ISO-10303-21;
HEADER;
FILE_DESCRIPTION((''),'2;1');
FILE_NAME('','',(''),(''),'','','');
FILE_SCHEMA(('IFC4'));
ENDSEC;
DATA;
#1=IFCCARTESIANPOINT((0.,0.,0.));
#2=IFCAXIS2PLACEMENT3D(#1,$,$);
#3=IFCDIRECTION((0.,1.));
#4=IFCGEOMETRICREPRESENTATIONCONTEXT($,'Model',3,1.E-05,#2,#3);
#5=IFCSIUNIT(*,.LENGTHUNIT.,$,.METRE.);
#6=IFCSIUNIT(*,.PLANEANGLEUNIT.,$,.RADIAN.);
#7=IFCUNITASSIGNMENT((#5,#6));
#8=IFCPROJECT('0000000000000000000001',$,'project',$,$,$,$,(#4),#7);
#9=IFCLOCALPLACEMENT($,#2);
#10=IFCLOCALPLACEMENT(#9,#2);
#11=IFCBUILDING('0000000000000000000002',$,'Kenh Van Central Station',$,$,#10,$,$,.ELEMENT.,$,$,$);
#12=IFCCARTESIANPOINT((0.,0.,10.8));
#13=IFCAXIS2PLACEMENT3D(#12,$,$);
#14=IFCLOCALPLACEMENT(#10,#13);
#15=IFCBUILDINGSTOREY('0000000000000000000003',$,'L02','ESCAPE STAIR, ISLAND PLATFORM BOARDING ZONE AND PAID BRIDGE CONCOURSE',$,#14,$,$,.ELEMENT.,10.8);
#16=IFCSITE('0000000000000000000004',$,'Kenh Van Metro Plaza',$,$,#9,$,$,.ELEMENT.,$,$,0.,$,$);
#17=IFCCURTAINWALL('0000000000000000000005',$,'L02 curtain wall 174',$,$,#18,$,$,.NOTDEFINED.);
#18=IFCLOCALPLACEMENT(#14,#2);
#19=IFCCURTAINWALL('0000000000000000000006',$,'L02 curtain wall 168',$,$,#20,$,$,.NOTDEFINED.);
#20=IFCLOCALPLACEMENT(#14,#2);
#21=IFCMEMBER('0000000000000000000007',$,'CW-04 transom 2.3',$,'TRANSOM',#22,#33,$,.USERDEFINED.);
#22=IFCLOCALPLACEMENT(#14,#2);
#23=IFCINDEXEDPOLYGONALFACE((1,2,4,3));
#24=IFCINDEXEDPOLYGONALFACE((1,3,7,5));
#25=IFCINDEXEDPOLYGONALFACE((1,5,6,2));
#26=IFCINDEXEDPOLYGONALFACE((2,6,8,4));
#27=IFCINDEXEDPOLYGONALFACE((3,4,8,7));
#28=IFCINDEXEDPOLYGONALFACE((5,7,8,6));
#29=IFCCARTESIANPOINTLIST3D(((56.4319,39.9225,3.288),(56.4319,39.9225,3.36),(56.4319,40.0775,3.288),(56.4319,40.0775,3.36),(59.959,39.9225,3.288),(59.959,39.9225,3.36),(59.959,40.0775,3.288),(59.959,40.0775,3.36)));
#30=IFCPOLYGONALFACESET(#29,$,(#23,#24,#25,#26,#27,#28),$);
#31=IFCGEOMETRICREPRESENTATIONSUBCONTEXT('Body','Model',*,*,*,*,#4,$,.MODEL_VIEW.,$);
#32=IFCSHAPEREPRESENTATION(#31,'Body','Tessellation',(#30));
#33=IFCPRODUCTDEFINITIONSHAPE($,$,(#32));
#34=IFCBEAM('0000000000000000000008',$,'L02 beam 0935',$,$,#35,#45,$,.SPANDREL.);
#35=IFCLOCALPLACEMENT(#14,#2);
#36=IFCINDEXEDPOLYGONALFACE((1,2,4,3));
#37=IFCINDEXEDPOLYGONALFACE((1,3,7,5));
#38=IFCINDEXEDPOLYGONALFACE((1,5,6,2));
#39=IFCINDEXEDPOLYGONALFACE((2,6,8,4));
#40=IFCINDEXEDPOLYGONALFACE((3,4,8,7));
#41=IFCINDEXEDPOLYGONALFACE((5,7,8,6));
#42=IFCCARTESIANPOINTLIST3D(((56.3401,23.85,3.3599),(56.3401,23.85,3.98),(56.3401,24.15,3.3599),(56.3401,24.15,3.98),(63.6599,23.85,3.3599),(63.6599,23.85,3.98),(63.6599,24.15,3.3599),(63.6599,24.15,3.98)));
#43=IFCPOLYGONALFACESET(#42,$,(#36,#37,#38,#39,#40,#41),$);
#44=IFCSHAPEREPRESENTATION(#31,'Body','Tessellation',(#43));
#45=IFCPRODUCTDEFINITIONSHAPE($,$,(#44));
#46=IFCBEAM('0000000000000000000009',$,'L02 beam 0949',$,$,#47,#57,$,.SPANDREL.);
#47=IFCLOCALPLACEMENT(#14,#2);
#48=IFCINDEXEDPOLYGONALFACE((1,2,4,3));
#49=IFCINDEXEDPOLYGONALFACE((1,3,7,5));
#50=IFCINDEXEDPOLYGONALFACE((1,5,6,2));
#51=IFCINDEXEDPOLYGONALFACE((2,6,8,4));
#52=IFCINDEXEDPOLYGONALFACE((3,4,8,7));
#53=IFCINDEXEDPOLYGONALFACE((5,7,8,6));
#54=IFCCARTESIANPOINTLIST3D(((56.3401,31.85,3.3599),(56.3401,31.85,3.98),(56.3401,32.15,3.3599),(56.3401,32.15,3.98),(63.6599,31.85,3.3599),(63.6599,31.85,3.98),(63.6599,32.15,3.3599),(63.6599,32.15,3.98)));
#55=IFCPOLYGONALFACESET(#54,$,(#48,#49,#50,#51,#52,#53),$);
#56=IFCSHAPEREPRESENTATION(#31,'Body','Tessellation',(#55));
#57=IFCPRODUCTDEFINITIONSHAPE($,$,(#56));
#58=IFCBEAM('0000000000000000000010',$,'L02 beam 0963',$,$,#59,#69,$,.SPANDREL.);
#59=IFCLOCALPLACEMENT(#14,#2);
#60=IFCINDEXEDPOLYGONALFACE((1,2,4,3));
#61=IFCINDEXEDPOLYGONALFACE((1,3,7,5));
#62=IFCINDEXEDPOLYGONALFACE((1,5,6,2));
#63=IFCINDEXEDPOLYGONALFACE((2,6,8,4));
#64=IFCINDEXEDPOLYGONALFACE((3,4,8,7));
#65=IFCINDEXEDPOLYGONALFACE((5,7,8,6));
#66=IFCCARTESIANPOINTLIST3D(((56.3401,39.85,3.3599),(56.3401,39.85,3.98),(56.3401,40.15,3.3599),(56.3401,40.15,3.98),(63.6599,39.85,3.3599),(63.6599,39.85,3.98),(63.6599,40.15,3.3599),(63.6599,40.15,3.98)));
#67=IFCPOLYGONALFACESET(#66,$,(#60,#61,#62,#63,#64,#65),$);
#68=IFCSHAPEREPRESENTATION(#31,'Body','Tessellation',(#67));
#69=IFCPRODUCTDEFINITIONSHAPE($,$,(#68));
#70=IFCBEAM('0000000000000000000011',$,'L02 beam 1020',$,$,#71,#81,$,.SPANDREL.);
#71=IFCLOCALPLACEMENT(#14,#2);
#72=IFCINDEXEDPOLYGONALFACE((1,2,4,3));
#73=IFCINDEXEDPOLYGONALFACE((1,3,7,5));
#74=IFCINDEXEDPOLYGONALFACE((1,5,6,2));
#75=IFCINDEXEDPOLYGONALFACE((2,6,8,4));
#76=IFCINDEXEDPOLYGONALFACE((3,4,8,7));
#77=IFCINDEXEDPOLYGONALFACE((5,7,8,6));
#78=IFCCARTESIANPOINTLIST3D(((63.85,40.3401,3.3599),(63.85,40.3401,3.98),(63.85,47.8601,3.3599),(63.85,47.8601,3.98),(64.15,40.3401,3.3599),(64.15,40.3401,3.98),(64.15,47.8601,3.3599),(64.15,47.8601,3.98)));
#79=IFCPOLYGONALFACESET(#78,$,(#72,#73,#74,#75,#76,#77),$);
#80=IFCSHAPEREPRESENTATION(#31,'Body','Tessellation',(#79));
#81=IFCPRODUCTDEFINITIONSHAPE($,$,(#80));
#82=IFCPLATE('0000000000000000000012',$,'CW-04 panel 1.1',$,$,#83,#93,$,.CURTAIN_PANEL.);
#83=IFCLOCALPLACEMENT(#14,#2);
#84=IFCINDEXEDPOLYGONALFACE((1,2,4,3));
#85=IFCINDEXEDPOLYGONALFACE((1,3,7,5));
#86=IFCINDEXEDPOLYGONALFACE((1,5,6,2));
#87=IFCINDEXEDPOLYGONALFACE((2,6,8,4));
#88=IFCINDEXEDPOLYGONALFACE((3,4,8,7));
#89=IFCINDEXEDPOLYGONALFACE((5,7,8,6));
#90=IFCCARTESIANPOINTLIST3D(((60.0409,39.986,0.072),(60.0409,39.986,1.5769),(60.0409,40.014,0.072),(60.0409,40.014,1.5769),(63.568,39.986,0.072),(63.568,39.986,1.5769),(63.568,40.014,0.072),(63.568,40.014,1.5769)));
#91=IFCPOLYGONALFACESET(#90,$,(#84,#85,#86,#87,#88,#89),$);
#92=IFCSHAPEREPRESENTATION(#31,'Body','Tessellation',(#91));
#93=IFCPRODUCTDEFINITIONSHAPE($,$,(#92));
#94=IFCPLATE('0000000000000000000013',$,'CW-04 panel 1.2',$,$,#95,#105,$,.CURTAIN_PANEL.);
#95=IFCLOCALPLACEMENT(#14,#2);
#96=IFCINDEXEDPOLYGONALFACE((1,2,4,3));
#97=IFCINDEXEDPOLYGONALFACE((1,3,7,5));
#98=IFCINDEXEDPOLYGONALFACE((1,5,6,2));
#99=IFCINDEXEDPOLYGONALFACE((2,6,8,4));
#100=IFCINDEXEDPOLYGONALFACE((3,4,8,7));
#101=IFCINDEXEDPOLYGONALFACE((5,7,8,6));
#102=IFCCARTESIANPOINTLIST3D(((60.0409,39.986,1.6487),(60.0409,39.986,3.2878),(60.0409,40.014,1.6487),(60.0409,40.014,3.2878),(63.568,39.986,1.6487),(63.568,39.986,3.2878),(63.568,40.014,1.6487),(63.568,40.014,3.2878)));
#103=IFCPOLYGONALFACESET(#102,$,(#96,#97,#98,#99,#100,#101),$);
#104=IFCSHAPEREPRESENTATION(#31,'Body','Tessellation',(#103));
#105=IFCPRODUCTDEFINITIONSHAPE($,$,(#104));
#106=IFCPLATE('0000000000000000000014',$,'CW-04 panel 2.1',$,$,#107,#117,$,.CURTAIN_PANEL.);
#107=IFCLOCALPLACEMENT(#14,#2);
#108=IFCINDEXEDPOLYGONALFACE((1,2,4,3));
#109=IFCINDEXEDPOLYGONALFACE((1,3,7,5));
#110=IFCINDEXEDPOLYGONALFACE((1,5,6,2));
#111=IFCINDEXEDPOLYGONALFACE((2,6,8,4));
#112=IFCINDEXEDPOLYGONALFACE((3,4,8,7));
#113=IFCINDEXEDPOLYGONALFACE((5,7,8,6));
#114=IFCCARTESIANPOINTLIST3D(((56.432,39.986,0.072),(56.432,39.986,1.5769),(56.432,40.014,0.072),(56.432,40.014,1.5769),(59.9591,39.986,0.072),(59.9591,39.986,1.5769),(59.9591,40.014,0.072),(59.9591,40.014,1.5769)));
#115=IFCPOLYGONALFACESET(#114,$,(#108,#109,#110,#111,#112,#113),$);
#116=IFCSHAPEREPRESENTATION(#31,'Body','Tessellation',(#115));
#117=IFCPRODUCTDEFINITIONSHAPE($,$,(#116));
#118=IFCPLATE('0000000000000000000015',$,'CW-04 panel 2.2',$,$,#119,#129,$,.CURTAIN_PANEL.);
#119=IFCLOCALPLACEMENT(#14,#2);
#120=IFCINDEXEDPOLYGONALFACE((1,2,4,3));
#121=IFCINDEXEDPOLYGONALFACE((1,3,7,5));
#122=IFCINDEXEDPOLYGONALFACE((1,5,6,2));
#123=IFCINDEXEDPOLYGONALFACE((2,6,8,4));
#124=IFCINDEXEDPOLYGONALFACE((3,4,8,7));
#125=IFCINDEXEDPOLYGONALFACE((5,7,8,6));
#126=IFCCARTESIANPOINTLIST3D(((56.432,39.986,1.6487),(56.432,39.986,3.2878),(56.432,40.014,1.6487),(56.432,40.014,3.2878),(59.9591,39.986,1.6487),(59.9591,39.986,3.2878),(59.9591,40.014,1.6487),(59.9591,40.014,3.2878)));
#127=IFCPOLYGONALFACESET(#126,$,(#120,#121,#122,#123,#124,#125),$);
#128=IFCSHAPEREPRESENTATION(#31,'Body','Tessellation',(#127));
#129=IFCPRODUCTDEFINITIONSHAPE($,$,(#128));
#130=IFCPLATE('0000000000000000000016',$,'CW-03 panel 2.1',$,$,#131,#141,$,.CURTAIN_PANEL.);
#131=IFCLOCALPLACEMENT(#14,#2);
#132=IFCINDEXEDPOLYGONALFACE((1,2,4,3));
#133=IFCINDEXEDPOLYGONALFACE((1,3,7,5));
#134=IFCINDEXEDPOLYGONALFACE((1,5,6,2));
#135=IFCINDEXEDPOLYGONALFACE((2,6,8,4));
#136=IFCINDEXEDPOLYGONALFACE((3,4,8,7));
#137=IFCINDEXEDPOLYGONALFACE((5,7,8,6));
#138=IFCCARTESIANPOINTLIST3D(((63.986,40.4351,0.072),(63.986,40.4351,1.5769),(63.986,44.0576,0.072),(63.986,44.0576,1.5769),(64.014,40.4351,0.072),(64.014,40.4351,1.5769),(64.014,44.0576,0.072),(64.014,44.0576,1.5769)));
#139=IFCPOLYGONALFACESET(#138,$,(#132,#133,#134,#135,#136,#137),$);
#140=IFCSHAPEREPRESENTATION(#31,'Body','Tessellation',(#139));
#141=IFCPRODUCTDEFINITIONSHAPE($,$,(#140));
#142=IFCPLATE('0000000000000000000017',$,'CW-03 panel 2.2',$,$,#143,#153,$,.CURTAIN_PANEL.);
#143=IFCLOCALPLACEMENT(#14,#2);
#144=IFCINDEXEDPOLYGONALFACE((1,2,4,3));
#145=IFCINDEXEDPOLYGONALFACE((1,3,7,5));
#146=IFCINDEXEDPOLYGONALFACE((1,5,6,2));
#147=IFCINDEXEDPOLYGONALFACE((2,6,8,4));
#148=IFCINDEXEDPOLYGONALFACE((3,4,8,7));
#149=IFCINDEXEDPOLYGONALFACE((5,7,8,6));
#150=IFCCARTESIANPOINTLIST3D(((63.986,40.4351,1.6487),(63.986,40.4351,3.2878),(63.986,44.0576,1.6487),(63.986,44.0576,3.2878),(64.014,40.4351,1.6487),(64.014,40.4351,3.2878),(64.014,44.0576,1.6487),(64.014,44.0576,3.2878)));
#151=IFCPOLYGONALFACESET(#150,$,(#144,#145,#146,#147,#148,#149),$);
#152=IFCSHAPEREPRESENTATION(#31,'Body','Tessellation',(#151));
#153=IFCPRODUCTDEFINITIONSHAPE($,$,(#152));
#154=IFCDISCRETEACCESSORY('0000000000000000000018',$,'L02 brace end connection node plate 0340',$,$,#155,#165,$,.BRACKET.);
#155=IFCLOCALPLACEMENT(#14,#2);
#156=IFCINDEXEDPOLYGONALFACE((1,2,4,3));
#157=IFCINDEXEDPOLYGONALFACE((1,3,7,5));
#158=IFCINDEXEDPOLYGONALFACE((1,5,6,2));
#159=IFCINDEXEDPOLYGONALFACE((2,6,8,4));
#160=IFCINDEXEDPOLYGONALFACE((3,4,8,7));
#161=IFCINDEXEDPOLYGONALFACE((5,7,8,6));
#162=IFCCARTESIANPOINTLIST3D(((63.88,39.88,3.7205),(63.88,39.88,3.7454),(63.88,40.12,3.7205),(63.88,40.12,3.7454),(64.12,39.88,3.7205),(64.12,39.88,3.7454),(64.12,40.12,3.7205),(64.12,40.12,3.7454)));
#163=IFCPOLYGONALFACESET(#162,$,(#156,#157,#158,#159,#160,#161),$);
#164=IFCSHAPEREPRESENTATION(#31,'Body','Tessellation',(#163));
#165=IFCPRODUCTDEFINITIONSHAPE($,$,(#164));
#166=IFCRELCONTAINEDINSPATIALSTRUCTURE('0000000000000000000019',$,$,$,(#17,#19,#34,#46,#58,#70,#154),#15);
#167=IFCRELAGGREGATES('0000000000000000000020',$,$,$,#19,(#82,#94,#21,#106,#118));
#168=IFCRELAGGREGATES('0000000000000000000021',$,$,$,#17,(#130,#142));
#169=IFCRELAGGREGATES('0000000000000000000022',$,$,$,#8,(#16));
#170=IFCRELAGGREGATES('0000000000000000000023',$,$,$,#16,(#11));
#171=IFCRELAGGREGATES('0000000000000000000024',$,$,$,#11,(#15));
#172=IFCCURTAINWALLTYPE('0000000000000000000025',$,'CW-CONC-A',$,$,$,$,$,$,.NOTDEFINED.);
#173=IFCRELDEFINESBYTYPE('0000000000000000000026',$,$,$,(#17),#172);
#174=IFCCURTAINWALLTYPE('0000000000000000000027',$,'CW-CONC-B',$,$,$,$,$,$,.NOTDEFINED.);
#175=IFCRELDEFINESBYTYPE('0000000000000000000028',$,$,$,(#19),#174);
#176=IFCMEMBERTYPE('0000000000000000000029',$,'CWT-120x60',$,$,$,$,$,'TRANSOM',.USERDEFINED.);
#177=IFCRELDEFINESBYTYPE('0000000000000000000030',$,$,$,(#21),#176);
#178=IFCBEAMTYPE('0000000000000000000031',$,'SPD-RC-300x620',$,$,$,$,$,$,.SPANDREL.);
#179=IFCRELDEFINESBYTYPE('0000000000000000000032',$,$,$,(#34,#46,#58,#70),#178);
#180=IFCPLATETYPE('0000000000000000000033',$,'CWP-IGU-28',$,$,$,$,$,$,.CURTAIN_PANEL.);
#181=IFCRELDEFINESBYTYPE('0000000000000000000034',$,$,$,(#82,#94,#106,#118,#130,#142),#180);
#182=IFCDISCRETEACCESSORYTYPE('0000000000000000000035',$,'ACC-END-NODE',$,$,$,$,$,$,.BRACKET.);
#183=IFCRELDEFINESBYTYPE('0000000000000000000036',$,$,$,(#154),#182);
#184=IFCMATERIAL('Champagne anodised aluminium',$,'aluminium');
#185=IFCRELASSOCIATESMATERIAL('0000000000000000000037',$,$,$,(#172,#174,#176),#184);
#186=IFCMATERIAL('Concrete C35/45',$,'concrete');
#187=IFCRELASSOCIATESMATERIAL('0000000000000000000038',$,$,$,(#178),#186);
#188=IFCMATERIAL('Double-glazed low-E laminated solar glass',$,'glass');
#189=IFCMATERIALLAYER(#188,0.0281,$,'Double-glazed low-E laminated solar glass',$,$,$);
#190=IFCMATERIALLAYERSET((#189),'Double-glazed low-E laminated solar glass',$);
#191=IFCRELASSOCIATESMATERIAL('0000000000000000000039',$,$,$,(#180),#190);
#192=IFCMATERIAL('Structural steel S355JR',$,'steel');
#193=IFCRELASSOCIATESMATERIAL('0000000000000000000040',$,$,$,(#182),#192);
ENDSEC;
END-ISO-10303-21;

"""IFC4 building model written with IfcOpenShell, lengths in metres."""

from ifc_helpers import new_model, si_unit, direction, frame, origin, origin_2d, place, context, subcontext, project, spatial, rectangle, extrude, material, layer, layer_set, material_profile, profile_set, type_object, element, aggregate, save


model = new_model("IFC4")

# Units and contexts
model_context = context("Model", 3, precision=1e-05, world=origin(), true_north=direction((0.0, 1.0)))
body_context = subcontext(model_context, "Body", "Model", "MODEL_VIEW")
ifc_project = project(units=[si_unit("LENGTHUNIT", "METRE"), si_unit("PLANEANGLEUNIT", "RADIAN")], contexts=[model_context])

# Site, building, storey
site_placement = place(None, origin())
site = spatial("IfcSite", under=ifc_project, at=site_placement, Name="Kenh Van Metro Plaza", CompositionType="ELEMENT", RefElevation=0.0)
building_placement = place(site_placement, origin())
building = spatial("IfcBuilding", under=site, at=building_placement, Name="Kenh Van Central Station", CompositionType="ELEMENT")
storey_placement = place(building_placement, frame((0.0, 0.0, 10.8)))
storey = spatial("IfcBuildingStorey", under=building, at=storey_placement, Name="L02", Description="ESCAPE STAIR, ISLAND PLATFORM BOARDING ZONE AND PAID BRIDGE CONCOURSE", CompositionType="ELEMENT", Elevation=10.8)

# Curtain wall
ifc_material_1 = material(Name="Champagne anodised aluminium", Category="aluminium")
curtain_wall_type_1 = type_object("IfcCurtainWallType", Name="CW-CONC-A", PredefinedType="NOTDEFINED", material=ifc_material_1)
curtain_wall_1_placement = place(storey_placement, origin())
curtain_wall_1 = element("IfcCurtainWall", 1, at=curtain_wall_1_placement, inside=storey, type_object=curtain_wall_type_1, Name="L02 curtain wall 174", PredefinedType="NOTDEFINED")

# Curtain wall, member
curtain_wall_type_2 = type_object("IfcCurtainWallType", Name="CW-CONC-B", PredefinedType="NOTDEFINED", material=ifc_material_1)
curtain_wall_2_placement = place(storey_placement, origin())
curtain_wall_2 = element("IfcCurtainWall", 2, at=curtain_wall_2_placement, inside=storey, type_object=curtain_wall_type_2, Name="L02 curtain wall 168", PredefinedType="NOTDEFINED")
ifc_material_profile_1 = material_profile(ifc_material_1, rectangle(XDim=0.155, YDim=0.072, at=origin_2d()), Name="AL 155x72")
ifc_profile_set_1 = profile_set([ifc_material_profile_1], Name="Champagne anodised aluminium")
member_type_1 = type_object("IfcMemberType", Name="CWT-120x60", ElementType="TRANSOM", PredefinedType="USERDEFINED", material=ifc_profile_set_1)
member_1_placement = place(storey_placement, frame((59.959, 40.0, 3.324), z_axis=(-1.0, 0.0, 0.0), x_axis=(0.0, -1.0, 0.0)))
member_1 = element("IfcMember", 3, at=member_1_placement, type_object=member_type_1, Name="CW-04 transom 2.3", ObjectType="TRANSOM", PredefinedType="USERDEFINED", context=body_context, shape_type="SweptSolid", body=[
    extrude(rectangle(XDim=0.155, YDim=0.072, at=origin_2d()), origin(), (0.0, 0.0, 1.0), 3.5271),
])

# Beams
ifc_material_2 = material(Name="Concrete C35/45", Category="concrete")
ifc_material_profile_2 = material_profile(ifc_material_2, rectangle(XDim=0.3, YDim=0.6201, at=origin_2d()), Name="RC 300x620")
ifc_profile_set_2 = profile_set([ifc_material_profile_2], Name="Concrete C35/45")
beam_type = type_object("IfcBeamType", Name="SPD-RC-300x620", PredefinedType="SPANDREL", material=ifc_profile_set_2)
for number, where, z_axis, x_axis, name in (
    (4, (56.3401, 24.0, 3.6699), (1.0, 0.0, 0.0), (0.0, 1.0, 0.0), "L02 beam 0935"),
    (5, (56.3401, 32.0, 3.6699), (1.0, 0.0, 0.0), (0.0, 1.0, 0.0), "L02 beam 0949"),
    (6, (56.3401, 40.0, 3.6699), (1.0, 0.0, 0.0), (0.0, 1.0, 0.0), "L02 beam 0963"),
):
    element("IfcBeam", number, at=place(storey_placement, frame(where, z_axis=z_axis, x_axis=x_axis)), inside=storey, type_object=beam_type, Name=name, PredefinedType="SPANDREL", context=body_context, shape_type="SweptSolid", body=[
        extrude(rectangle(XDim=0.3, YDim=0.6201, at=origin_2d()), origin(), (0.0, 0.0, 1.0), 7.3198),
    ])
beam_placement = place(storey_placement, frame((64.0, 40.3401, 3.6699), z_axis=(0.0, 1.0, 0.0), x_axis=(-1.0, 0.0, 0.0)))
element("IfcBeam", 7, at=beam_placement, inside=storey, type_object=beam_type, Name="L02 beam 1020", PredefinedType="SPANDREL", context=body_context, shape_type="SweptSolid", body=[
    extrude(rectangle(XDim=0.3, YDim=0.6201, at=origin_2d()), origin(), (0.0, 0.0, 1.0), 7.52),
])

# Plates
ifc_material_3 = material(Name="Double-glazed low-E laminated solar glass", Category="glass")
ifc_layer = layer(ifc_material_3, 0.0281, Name="Double-glazed low-E laminated solar glass")
ifc_layer_set = layer_set([ifc_layer], Name="Double-glazed low-E laminated solar glass")
plate_type = type_object("IfcPlateType", Name="CWP-IGU-28", PredefinedType="CURTAIN_PANEL", material=ifc_layer_set)
plate_1_placement = place(storey_placement, frame((61.8044, 40.0, 0.072), z_axis=(0.0, 0.0, 1.0), x_axis=(-1.0, 0.0, 0.0)))
plate_1 = element("IfcPlate", 8, at=plate_1_placement, type_object=plate_type, Name="CW-04 panel 1.1", PredefinedType="CURTAIN_PANEL", context=body_context, shape_type="SweptSolid", body=[
    extrude(rectangle(XDim=3.5271, YDim=0.0281, at=origin_2d()), origin(), (0.0, 0.0, 1.0), 1.5049),
])
plate_2_placement = place(storey_placement, frame((61.8044, 40.0, 1.6487), z_axis=(0.0, 0.0, 1.0), x_axis=(-1.0, 0.0, 0.0)))
plate_2 = element("IfcPlate", 9, at=plate_2_placement, type_object=plate_type, Name="CW-04 panel 1.2", PredefinedType="CURTAIN_PANEL", context=body_context, shape_type="SweptSolid", body=[
    extrude(rectangle(XDim=3.5271, YDim=0.0281, at=origin_2d()), origin(), (0.0, 0.0, 1.0), 1.6392),
])
plate_3_placement = place(storey_placement, frame((58.1956, 40.0, 0.072), z_axis=(0.0, 0.0, 1.0), x_axis=(-1.0, 0.0, 0.0)))
plate_3 = element("IfcPlate", 10, at=plate_3_placement, type_object=plate_type, Name="CW-04 panel 2.1", PredefinedType="CURTAIN_PANEL", context=body_context, shape_type="SweptSolid", body=[
    extrude(rectangle(XDim=3.5271, YDim=0.0281, at=origin_2d()), origin(), (0.0, 0.0, 1.0), 1.5049),
])
plate_4_placement = place(storey_placement, frame((58.1956, 40.0, 1.6487), z_axis=(0.0, 0.0, 1.0), x_axis=(-1.0, 0.0, 0.0)))
plate_4 = element("IfcPlate", 11, at=plate_4_placement, type_object=plate_type, Name="CW-04 panel 2.2", PredefinedType="CURTAIN_PANEL", context=body_context, shape_type="SweptSolid", body=[
    extrude(rectangle(XDim=3.5271, YDim=0.0281, at=origin_2d()), origin(), (0.0, 0.0, 1.0), 1.6392),
])
aggregate(curtain_wall_2, [plate_1, plate_2, member_1, plate_3, plate_4])
plate_5_placement = place(storey_placement, frame((64.0, 42.2463, 0.072), z_axis=(0.0, 0.0, 1.0), x_axis=(0.0, -1.0, 0.0)))
plate_5 = element("IfcPlate", 12, at=plate_5_placement, type_object=plate_type, Name="CW-03 panel 2.1", PredefinedType="CURTAIN_PANEL", context=body_context, shape_type="SweptSolid", body=[
    extrude(rectangle(XDim=3.6226, YDim=0.0281, at=origin_2d()), origin(), (0.0, 0.0, 1.0), 1.5049),
])
plate_6_placement = place(storey_placement, frame((64.0, 42.2463, 1.6487), z_axis=(0.0, 0.0, 1.0), x_axis=(0.0, -1.0, 0.0)))
plate_6 = element("IfcPlate", 13, at=plate_6_placement, type_object=plate_type, Name="CW-03 panel 2.2", PredefinedType="CURTAIN_PANEL", context=body_context, shape_type="SweptSolid", body=[
    extrude(rectangle(XDim=3.6226, YDim=0.0281, at=origin_2d()), origin(), (0.0, 0.0, 1.0), 1.6392),
])
aggregate(curtain_wall_1, [plate_5, plate_6])

# Discrete accessory
ifc_material_4 = material(Name="Structural steel S355JR", Category="steel")
discrete_accessory_type = type_object("IfcDiscreteAccessoryType", Name="ACC-END-NODE", PredefinedType="BRACKET", material=ifc_material_4)
discrete_accessory_placement = place(storey_placement, frame((64.0, 40.0, 3.7205), z_axis=(0.0, 0.0, 1.0), x_axis=(1.0, 0.0, 0.0)))
element("IfcDiscreteAccessory", 14, at=discrete_accessory_placement, inside=storey, type_object=discrete_accessory_type, Name="L02 brace end connection node plate 0340", PredefinedType="BRACKET", context=body_context, shape_type="SweptSolid", body=[
    extrude(rectangle(XDim=0.24, YDim=0.24, at=origin_2d()), origin(), (0.0, 0.0, 1.0), 0.0249),
])

save(model, "model.ifc")
